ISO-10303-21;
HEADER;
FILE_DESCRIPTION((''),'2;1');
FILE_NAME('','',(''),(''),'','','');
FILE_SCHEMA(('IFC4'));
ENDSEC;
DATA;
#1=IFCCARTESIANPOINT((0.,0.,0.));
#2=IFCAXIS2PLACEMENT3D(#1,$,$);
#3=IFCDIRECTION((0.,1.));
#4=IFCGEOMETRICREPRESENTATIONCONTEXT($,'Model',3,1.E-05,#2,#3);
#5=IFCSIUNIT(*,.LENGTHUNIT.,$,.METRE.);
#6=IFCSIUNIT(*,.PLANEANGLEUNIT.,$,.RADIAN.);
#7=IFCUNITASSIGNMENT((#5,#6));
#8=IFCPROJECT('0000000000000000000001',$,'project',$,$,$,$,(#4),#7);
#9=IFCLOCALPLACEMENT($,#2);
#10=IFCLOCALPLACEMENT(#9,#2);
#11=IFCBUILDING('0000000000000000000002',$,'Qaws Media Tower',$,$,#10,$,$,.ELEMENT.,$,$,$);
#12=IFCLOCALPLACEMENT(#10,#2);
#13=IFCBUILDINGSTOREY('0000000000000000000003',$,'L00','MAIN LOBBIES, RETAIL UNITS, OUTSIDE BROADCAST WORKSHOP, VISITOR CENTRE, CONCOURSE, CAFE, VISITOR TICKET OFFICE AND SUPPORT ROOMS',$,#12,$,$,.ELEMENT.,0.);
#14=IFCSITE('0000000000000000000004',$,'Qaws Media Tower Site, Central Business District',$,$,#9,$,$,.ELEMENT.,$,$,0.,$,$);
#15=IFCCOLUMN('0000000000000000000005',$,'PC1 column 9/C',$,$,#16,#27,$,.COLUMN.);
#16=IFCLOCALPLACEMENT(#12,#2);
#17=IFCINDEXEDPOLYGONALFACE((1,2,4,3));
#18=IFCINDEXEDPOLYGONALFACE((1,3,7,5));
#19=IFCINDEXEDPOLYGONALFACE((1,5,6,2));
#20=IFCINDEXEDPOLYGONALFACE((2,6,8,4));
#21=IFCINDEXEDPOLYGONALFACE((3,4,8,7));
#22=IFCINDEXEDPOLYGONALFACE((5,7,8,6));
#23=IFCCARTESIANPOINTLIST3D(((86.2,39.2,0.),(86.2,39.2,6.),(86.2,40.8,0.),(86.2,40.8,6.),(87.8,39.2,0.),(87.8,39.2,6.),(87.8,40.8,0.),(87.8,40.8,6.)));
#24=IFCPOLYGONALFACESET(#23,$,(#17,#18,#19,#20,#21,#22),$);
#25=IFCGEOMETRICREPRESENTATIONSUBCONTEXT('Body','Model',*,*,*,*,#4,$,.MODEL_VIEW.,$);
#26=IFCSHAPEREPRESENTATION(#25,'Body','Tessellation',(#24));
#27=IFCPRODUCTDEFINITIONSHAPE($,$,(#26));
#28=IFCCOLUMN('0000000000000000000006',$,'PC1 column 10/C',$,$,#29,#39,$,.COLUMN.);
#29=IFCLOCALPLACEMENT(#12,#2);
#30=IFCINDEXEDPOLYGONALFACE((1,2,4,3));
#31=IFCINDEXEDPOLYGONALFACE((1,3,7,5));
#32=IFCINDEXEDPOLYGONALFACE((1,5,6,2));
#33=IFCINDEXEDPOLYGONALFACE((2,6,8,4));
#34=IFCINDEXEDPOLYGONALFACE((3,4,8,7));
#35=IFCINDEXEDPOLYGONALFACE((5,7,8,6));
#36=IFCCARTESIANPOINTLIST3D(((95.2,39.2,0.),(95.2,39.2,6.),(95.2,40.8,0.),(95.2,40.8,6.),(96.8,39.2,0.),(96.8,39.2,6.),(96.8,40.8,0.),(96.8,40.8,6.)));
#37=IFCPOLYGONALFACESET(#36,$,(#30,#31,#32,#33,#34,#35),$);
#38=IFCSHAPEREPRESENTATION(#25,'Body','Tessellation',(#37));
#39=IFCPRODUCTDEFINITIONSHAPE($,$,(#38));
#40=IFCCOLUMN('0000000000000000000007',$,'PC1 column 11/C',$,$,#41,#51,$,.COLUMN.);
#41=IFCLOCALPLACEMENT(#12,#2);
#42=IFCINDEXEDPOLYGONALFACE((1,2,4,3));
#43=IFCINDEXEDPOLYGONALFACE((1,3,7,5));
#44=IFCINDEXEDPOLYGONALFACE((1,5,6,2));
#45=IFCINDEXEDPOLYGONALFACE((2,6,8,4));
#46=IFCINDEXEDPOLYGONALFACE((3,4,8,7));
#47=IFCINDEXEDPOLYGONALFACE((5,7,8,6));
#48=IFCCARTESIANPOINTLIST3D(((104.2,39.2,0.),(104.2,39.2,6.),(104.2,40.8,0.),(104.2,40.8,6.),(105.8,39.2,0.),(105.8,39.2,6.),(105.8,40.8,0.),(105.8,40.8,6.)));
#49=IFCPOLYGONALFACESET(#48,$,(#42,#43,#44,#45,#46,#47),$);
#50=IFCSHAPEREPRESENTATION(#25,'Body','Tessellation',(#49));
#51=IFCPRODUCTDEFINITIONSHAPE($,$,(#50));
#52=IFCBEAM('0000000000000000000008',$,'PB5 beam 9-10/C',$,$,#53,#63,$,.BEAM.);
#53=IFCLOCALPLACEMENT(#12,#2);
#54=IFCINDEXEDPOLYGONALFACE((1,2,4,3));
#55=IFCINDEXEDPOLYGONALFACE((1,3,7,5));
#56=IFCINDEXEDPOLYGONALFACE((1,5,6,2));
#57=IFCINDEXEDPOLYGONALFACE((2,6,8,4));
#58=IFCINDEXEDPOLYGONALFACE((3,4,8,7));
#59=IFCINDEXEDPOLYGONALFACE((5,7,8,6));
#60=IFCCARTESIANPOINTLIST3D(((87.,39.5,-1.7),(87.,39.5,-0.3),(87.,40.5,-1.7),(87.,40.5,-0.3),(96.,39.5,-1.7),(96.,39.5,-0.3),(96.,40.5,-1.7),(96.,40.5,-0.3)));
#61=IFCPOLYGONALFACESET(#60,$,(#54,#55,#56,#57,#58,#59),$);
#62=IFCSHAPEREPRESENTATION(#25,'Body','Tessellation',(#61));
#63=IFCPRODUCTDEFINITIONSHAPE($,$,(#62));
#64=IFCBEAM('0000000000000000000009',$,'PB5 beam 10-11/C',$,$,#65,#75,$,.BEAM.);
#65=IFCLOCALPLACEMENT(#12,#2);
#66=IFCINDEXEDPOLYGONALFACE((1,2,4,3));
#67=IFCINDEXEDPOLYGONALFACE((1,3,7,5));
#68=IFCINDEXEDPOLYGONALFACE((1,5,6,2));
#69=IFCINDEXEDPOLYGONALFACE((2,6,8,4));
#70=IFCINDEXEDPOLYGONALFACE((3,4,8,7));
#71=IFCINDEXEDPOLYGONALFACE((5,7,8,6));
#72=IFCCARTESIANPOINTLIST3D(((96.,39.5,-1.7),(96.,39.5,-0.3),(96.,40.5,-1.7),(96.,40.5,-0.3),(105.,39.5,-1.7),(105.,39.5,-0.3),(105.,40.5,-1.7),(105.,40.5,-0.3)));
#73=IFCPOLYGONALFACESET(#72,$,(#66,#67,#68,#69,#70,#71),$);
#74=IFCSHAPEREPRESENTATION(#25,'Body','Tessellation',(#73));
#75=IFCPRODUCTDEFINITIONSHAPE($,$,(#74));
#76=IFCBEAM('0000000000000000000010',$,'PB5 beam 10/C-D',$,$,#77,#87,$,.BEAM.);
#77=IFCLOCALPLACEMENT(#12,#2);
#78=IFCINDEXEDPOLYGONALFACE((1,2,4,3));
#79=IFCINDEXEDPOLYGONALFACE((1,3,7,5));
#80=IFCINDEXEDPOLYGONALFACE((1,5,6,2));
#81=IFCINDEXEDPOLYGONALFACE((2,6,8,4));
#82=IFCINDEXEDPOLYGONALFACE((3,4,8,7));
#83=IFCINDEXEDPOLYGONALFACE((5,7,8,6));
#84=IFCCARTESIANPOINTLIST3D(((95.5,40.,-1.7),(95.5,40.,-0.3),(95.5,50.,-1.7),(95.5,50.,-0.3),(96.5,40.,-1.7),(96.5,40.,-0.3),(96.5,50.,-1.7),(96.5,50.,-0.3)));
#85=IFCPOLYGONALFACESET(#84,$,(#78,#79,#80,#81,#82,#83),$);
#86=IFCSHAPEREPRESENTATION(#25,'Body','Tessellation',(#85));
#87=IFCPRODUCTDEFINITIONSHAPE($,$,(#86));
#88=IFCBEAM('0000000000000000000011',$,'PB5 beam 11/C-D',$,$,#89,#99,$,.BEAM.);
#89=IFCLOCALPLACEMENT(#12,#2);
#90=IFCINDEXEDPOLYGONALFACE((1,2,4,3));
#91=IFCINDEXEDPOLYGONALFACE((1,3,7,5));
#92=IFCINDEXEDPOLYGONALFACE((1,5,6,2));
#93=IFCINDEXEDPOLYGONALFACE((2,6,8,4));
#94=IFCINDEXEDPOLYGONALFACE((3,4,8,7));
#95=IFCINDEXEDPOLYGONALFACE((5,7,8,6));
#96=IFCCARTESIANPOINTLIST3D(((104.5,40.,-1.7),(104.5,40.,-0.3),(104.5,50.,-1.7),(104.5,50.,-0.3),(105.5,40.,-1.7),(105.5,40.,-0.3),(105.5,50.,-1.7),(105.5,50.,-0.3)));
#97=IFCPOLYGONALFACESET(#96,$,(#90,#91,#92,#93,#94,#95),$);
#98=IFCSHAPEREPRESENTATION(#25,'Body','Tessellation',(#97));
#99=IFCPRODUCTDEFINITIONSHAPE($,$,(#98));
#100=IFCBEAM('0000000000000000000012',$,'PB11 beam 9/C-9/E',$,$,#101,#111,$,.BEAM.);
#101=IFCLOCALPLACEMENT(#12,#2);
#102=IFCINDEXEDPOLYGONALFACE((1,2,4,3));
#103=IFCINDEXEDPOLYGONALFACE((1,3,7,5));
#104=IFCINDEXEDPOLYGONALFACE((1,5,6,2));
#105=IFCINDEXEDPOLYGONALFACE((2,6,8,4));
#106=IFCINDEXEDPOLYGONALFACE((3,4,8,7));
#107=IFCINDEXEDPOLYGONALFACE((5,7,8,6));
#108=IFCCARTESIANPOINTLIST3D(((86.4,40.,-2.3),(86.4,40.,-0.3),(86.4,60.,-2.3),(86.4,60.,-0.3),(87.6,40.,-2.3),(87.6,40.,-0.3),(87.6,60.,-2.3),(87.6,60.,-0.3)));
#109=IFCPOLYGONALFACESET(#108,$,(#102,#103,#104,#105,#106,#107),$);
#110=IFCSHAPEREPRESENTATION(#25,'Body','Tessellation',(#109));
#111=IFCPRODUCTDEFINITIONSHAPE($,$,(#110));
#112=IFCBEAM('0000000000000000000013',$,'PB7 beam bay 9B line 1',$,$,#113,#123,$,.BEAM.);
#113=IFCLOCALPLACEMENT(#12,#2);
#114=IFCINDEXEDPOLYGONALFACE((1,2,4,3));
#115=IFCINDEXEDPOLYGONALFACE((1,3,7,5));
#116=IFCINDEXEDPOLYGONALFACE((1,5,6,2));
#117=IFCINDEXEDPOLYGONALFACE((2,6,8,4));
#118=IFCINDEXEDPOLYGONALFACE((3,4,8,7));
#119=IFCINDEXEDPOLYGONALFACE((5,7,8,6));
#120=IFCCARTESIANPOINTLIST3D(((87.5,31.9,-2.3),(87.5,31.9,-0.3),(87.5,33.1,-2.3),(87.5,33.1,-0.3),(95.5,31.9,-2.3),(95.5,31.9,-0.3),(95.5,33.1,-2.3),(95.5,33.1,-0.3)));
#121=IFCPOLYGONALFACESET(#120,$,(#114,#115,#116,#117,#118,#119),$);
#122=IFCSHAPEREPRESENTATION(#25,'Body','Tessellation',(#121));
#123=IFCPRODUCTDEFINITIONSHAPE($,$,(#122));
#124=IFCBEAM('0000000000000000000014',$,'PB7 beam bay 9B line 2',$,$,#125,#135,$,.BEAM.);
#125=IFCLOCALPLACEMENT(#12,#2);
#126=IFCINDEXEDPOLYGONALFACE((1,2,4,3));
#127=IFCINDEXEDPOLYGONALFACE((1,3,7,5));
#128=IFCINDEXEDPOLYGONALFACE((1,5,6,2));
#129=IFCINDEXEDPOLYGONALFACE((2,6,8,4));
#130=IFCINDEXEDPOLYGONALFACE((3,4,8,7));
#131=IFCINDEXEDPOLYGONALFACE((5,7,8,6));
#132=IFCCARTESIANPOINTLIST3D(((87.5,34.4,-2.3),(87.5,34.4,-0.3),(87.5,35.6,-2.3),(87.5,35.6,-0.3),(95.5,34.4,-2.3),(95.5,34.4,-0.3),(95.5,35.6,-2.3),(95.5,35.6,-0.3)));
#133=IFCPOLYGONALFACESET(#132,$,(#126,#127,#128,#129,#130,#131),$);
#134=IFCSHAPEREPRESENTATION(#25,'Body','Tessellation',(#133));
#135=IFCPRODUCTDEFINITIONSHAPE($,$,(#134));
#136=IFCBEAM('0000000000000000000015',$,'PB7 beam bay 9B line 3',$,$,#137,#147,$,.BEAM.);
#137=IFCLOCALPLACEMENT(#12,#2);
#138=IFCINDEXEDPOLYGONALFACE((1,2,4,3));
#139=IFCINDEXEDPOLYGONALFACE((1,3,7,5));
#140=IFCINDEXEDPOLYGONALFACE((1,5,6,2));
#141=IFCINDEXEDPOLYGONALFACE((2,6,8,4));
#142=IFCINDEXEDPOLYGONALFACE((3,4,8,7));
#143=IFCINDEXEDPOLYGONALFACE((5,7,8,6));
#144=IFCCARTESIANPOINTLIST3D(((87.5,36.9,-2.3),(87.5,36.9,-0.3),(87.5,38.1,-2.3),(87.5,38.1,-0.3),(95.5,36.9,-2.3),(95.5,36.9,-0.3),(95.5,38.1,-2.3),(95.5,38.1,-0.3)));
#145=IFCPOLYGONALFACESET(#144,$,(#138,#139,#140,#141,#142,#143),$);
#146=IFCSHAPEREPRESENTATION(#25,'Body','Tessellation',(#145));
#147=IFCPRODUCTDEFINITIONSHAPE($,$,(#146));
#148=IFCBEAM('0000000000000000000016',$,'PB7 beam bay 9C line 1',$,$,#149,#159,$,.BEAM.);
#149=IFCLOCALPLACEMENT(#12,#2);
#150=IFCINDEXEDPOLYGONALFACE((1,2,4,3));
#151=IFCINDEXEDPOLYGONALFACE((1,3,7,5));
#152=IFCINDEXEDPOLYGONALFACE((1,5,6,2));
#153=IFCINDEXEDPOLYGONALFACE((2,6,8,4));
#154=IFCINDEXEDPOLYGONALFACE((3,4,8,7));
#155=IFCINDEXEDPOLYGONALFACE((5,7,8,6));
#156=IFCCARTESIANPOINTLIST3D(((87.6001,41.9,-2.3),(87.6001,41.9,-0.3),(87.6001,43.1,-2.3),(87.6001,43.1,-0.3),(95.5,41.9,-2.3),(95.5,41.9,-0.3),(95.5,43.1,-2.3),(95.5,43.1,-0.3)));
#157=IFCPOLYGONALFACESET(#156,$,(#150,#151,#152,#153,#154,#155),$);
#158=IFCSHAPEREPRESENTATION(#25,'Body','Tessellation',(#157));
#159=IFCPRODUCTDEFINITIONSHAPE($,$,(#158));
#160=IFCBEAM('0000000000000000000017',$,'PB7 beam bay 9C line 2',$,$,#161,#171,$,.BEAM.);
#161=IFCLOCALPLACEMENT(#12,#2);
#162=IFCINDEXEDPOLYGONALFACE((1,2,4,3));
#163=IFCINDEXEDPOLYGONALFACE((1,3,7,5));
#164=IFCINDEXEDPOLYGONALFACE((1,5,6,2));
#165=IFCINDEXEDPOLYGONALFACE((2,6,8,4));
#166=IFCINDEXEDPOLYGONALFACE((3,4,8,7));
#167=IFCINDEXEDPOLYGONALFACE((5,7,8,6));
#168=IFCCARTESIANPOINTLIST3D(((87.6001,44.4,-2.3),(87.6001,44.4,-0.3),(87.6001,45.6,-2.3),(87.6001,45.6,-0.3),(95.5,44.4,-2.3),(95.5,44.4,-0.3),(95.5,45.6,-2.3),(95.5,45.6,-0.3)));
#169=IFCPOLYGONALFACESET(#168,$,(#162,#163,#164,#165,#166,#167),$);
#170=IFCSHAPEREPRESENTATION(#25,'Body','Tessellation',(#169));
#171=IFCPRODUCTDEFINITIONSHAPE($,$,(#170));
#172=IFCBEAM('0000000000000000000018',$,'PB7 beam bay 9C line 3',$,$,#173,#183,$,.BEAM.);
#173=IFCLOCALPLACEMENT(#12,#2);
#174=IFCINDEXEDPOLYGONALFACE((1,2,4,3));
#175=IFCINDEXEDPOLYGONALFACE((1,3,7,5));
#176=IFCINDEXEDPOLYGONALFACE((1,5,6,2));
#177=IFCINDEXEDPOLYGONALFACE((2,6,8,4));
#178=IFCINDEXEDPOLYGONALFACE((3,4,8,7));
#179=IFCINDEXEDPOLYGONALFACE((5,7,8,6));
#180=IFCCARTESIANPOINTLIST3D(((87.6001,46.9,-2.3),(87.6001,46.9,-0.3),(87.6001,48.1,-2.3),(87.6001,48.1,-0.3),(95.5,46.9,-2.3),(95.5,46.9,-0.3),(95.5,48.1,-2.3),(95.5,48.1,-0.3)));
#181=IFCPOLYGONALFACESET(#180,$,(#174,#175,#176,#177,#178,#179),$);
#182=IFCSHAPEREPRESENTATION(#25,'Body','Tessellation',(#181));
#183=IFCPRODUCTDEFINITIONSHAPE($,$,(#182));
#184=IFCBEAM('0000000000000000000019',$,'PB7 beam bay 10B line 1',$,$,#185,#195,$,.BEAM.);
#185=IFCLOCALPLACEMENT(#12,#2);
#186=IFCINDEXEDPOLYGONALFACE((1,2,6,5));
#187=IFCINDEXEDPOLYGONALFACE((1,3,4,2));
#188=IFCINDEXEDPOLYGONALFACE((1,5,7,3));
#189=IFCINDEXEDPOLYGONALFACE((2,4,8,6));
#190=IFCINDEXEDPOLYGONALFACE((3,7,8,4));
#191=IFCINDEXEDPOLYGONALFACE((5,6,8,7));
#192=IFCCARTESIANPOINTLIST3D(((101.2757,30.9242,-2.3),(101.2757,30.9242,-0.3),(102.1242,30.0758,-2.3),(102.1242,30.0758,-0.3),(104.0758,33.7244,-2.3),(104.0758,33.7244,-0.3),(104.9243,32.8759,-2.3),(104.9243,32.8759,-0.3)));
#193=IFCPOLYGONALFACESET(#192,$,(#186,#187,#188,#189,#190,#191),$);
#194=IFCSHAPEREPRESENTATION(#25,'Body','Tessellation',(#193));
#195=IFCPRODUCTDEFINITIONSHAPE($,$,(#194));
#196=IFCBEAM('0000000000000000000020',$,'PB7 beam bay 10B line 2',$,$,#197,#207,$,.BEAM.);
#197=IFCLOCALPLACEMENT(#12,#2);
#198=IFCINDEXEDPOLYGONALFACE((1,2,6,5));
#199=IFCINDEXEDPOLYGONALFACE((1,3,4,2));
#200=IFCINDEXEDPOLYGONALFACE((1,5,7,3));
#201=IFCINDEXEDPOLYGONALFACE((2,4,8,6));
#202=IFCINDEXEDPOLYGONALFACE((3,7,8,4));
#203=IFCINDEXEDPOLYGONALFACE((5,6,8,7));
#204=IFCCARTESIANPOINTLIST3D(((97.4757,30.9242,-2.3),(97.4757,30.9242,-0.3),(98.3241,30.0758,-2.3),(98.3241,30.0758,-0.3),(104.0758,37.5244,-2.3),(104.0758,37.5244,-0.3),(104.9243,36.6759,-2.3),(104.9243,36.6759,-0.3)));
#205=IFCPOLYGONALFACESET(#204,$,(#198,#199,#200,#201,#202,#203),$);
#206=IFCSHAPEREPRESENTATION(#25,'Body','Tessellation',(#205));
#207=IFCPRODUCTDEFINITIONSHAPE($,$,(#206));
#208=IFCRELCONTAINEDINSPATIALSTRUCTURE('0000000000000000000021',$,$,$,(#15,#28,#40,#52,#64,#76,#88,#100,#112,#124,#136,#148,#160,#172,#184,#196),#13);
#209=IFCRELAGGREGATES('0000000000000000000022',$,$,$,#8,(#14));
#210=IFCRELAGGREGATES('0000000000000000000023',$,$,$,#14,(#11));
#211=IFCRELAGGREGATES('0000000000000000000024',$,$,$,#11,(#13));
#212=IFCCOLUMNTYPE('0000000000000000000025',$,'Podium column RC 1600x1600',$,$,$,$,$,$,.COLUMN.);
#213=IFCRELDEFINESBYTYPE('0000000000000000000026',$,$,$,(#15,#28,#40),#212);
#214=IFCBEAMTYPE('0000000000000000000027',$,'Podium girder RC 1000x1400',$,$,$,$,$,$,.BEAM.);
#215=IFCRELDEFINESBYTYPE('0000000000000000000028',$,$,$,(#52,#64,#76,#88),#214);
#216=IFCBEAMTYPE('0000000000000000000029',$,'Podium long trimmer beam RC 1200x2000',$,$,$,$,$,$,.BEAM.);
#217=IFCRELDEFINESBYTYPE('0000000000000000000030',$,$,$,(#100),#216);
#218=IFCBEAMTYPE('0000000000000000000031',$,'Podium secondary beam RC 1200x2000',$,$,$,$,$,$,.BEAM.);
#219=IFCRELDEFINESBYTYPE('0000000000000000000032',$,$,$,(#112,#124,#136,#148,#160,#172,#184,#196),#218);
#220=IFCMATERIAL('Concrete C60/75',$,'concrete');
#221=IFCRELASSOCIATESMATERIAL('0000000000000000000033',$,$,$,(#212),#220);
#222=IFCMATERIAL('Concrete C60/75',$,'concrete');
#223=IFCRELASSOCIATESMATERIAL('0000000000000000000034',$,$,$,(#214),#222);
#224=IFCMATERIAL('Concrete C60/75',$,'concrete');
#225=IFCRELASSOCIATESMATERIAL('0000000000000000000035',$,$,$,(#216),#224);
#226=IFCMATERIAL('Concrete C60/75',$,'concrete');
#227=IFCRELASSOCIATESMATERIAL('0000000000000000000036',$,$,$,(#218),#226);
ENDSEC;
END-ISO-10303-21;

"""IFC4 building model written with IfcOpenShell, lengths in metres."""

from ifc_helpers import new_model, si_unit, direction, frame, origin, origin_2d, place, context, subcontext, project, spatial, rectangle, extrude, material, material_profile, profile_set, type_object, element, save


model = new_model("IFC4")

# Units and contexts
model_context = context("Model", 3, precision=1e-05, world=origin(), true_north=direction((0.0, 1.0)))
body_context = subcontext(model_context, "Body", "Model", "MODEL_VIEW")
ifc_project = project(units=[si_unit("LENGTHUNIT", "METRE"), si_unit("PLANEANGLEUNIT", "RADIAN")], contexts=[model_context])

# Site, building, storey
site_placement = place(None, origin())
site = spatial("IfcSite", under=ifc_project, at=site_placement, Name="Qaws Media Tower Site, Central Business District", CompositionType="ELEMENT", RefElevation=0.0)
building_placement = place(site_placement, origin())
building = spatial("IfcBuilding", under=site, at=building_placement, Name="Qaws Media Tower", CompositionType="ELEMENT")
storey_placement = place(building_placement, origin())
storey = spatial("IfcBuildingStorey", under=building, at=storey_placement, Name="L00", Description="MAIN LOBBIES, RETAIL UNITS, OUTSIDE BROADCAST WORKSHOP, VISITOR CENTRE, CONCOURSE, CAFE, VISITOR TICKET OFFICE AND SUPPORT ROOMS", CompositionType="ELEMENT", Elevation=0.0)

# Columns
ifc_material_1 = material(Name="Concrete C60/75", Category="concrete")
ifc_material_profile_1 = material_profile(ifc_material_1, rectangle(XDim=1.6001, YDim=1.6001, at=origin_2d()), Name="RC 1600x1600")
ifc_profile_set_1 = profile_set([ifc_material_profile_1], Name="Concrete C60/75")
column_type = type_object("IfcColumnType", Name="Podium column RC 1600x1600", PredefinedType="COLUMN", material=ifc_profile_set_1)
for number, where, z_axis, x_axis, name in (
    (1, (87.0, 40.0, 0.0), (0.0, 0.0, 1.0), (1.0, 0.0, 0.0), "PC1 column 9/C"),
    (2, (96.0, 40.0, 0.0), (0.0, 0.0, 1.0), (1.0, 0.0, 0.0), "PC1 column 10/C"),
    (3, (105.0, 40.0, 0.0), (0.0, 0.0, 1.0), (1.0, 0.0, 0.0), "PC1 column 11/C"),
):
    element("IfcColumn", number, at=place(storey_placement, frame(where, z_axis=z_axis, x_axis=x_axis)), inside=storey, type_object=column_type, Name=name, PredefinedType="COLUMN", context=body_context, shape_type="SweptSolid", body=[
        extrude(rectangle(XDim=1.6001, YDim=1.6001, at=origin_2d()), origin(), (0.0, 0.0, 1.0), 6.0),
    ])

# Beams
ifc_material_2 = material(Name="Concrete C60/75", Category="concrete")
ifc_material_profile_2 = material_profile(ifc_material_2, rectangle(XDim=1.0, YDim=1.3999, at=origin_2d()), Name="RC 1000x1400")
ifc_profile_set_2 = profile_set([ifc_material_profile_2], Name="Concrete C60/75")
beam_type_1 = type_object("IfcBeamType", Name="Podium girder RC 1000x1400", PredefinedType="BEAM", material=ifc_profile_set_2)
for number, where, z_axis, x_axis, name in (
    (4, (87.0, 40.0, -1.0), (1.0, 0.0, 0.0), (0.0, 1.0, 0.0), "PB5 beam 9-10/C"),
    (5, (96.0, 40.0, -1.0), (1.0, 0.0, 0.0), (0.0, 1.0, 0.0), "PB5 beam 10-11/C"),
):
    element("IfcBeam", number, at=place(storey_placement, frame(where, z_axis=z_axis, x_axis=x_axis)), inside=storey, type_object=beam_type_1, Name=name, PredefinedType="BEAM", context=body_context, shape_type="SweptSolid", body=[
        extrude(rectangle(XDim=1.0, YDim=1.3999, at=origin_2d()), origin(), (0.0, 0.0, 1.0), 9.0),
    ])
for number, where, z_axis, x_axis, name in (
    (6, (96.0, 40.0, -1.0), (0.0, 1.0, 0.0), (-1.0, 0.0, 0.0), "PB5 beam 10/C-D"),
    (7, (105.0, 40.0, -1.0), (0.0, 1.0, 0.0), (-1.0, 0.0, 0.0), "PB5 beam 11/C-D"),
):
    element("IfcBeam", number, at=place(storey_placement, frame(where, z_axis=z_axis, x_axis=x_axis)), inside=storey, type_object=beam_type_1, Name=name, PredefinedType="BEAM", context=body_context, shape_type="SweptSolid", body=[
        extrude(rectangle(XDim=1.0, YDim=1.3999, at=origin_2d()), origin(), (0.0, 0.0, 1.0), 10.0),
    ])
ifc_material_3 = material(Name="Concrete C60/75", Category="concrete")
ifc_material_profile_3 = material_profile(ifc_material_3, rectangle(XDim=1.2, YDim=2.0, at=origin_2d()), Name="RC 1200x2000")
ifc_profile_set_3 = profile_set([ifc_material_profile_3], Name="Concrete C60/75")
beam_type_2 = type_object("IfcBeamType", Name="Podium long trimmer beam RC 1200x2000", PredefinedType="BEAM", material=ifc_profile_set_3)
beam_1_placement = place(storey_placement, frame((87.0, 40.0, -1.3), z_axis=(0.0, 1.0, 0.0), x_axis=(-1.0, 0.0, 0.0)))
element("IfcBeam", 8, at=beam_1_placement, inside=storey, type_object=beam_type_2, Name="PB11 beam 9/C-9/E", PredefinedType="BEAM", context=body_context, shape_type="SweptSolid", body=[
    extrude(rectangle(XDim=1.2, YDim=2.0, at=origin_2d()), origin(), (0.0, 0.0, 1.0), 20.0),
])
ifc_material_4 = material(Name="Concrete C60/75", Category="concrete")
ifc_material_profile_4 = material_profile(ifc_material_4, rectangle(XDim=1.2, YDim=2.0, at=origin_2d()), Name="RC 1200x2000")
ifc_profile_set_4 = profile_set([ifc_material_profile_4], Name="Concrete C60/75")
beam_type_3 = type_object("IfcBeamType", Name="Podium secondary beam RC 1200x2000", PredefinedType="BEAM", material=ifc_profile_set_4)
for number, where, z_axis, x_axis, name in (
    (9, (87.5, 32.5, -1.3), (1.0, 0.0, 0.0), (0.0, 1.0, 0.0), "PB7 beam bay 9B line 1"),
    (10, (87.5, 35.0, -1.3), (1.0, 0.0, 0.0), (0.0, 1.0, 0.0), "PB7 beam bay 9B line 2"),
    (11, (87.5, 37.5, -1.3), (1.0, 0.0, 0.0), (0.0, 1.0, 0.0), "PB7 beam bay 9B line 3"),
):
    element("IfcBeam", number, at=place(storey_placement, frame(where, z_axis=z_axis, x_axis=x_axis)), inside=storey, type_object=beam_type_3, Name=name, PredefinedType="BEAM", context=body_context, shape_type="SweptSolid", body=[
        extrude(rectangle(XDim=1.2, YDim=2.0, at=origin_2d()), origin(), (0.0, 0.0, 1.0), 8.0),
    ])
for number, where, z_axis, x_axis, name in (
    (12, (87.6001, 42.5, -1.3), (1.0, 0.0, 0.0), (0.0, 1.0, 0.0), "PB7 beam bay 9C line 1"),
    (13, (87.6001, 45.0, -1.3), (1.0, 0.0, 0.0), (0.0, 1.0, 0.0), "PB7 beam bay 9C line 2"),
    (14, (87.6001, 47.5, -1.3), (1.0, 0.0, 0.0), (0.0, 1.0, 0.0), "PB7 beam bay 9C line 3"),
):
    element("IfcBeam", number, at=place(storey_placement, frame(where, z_axis=z_axis, x_axis=x_axis)), inside=storey, type_object=beam_type_3, Name=name, PredefinedType="BEAM", context=body_context, shape_type="SweptSolid", body=[
        extrude(rectangle(XDim=1.2, YDim=2.0, at=origin_2d()), origin(), (0.0, 0.0, 1.0), 7.8999),
    ])
beam_2_placement = place(storey_placement, frame((101.7, 30.5, -1.3), z_axis=(0.707107, 0.707107, 0.0), x_axis=(-0.707107, 0.707107, 0.0)))
element("IfcBeam", 15, at=beam_2_placement, inside=storey, type_object=beam_type_3, Name="PB7 beam bay 10B line 1", PredefinedType="BEAM", context=body_context, shape_type="SweptSolid", body=[
    extrude(rectangle(XDim=1.2, YDim=2.0, at=origin_2d()), origin(), (0.0, 0.0, 1.0), 3.96),
])
for number, where, z_axis, x_axis, name in (
    (16, (97.8999, 30.5, -1.3), (0.707107, 0.707107, 0.0), (-0.707107, 0.707107, 0.0), "PB7 beam bay 10B line 2"),
):
    element("IfcBeam", number, at=place(storey_placement, frame(where, z_axis=z_axis, x_axis=x_axis)), inside=storey, type_object=beam_type_3, Name=name, PredefinedType="BEAM", context=body_context, shape_type="SweptSolid", body=[
        extrude(rectangle(XDim=1.2, YDim=2.0, at=origin_2d()), origin(), (0.0, 0.0, 1.0), 9.334),
    ])

save(model, "model.ifc")
